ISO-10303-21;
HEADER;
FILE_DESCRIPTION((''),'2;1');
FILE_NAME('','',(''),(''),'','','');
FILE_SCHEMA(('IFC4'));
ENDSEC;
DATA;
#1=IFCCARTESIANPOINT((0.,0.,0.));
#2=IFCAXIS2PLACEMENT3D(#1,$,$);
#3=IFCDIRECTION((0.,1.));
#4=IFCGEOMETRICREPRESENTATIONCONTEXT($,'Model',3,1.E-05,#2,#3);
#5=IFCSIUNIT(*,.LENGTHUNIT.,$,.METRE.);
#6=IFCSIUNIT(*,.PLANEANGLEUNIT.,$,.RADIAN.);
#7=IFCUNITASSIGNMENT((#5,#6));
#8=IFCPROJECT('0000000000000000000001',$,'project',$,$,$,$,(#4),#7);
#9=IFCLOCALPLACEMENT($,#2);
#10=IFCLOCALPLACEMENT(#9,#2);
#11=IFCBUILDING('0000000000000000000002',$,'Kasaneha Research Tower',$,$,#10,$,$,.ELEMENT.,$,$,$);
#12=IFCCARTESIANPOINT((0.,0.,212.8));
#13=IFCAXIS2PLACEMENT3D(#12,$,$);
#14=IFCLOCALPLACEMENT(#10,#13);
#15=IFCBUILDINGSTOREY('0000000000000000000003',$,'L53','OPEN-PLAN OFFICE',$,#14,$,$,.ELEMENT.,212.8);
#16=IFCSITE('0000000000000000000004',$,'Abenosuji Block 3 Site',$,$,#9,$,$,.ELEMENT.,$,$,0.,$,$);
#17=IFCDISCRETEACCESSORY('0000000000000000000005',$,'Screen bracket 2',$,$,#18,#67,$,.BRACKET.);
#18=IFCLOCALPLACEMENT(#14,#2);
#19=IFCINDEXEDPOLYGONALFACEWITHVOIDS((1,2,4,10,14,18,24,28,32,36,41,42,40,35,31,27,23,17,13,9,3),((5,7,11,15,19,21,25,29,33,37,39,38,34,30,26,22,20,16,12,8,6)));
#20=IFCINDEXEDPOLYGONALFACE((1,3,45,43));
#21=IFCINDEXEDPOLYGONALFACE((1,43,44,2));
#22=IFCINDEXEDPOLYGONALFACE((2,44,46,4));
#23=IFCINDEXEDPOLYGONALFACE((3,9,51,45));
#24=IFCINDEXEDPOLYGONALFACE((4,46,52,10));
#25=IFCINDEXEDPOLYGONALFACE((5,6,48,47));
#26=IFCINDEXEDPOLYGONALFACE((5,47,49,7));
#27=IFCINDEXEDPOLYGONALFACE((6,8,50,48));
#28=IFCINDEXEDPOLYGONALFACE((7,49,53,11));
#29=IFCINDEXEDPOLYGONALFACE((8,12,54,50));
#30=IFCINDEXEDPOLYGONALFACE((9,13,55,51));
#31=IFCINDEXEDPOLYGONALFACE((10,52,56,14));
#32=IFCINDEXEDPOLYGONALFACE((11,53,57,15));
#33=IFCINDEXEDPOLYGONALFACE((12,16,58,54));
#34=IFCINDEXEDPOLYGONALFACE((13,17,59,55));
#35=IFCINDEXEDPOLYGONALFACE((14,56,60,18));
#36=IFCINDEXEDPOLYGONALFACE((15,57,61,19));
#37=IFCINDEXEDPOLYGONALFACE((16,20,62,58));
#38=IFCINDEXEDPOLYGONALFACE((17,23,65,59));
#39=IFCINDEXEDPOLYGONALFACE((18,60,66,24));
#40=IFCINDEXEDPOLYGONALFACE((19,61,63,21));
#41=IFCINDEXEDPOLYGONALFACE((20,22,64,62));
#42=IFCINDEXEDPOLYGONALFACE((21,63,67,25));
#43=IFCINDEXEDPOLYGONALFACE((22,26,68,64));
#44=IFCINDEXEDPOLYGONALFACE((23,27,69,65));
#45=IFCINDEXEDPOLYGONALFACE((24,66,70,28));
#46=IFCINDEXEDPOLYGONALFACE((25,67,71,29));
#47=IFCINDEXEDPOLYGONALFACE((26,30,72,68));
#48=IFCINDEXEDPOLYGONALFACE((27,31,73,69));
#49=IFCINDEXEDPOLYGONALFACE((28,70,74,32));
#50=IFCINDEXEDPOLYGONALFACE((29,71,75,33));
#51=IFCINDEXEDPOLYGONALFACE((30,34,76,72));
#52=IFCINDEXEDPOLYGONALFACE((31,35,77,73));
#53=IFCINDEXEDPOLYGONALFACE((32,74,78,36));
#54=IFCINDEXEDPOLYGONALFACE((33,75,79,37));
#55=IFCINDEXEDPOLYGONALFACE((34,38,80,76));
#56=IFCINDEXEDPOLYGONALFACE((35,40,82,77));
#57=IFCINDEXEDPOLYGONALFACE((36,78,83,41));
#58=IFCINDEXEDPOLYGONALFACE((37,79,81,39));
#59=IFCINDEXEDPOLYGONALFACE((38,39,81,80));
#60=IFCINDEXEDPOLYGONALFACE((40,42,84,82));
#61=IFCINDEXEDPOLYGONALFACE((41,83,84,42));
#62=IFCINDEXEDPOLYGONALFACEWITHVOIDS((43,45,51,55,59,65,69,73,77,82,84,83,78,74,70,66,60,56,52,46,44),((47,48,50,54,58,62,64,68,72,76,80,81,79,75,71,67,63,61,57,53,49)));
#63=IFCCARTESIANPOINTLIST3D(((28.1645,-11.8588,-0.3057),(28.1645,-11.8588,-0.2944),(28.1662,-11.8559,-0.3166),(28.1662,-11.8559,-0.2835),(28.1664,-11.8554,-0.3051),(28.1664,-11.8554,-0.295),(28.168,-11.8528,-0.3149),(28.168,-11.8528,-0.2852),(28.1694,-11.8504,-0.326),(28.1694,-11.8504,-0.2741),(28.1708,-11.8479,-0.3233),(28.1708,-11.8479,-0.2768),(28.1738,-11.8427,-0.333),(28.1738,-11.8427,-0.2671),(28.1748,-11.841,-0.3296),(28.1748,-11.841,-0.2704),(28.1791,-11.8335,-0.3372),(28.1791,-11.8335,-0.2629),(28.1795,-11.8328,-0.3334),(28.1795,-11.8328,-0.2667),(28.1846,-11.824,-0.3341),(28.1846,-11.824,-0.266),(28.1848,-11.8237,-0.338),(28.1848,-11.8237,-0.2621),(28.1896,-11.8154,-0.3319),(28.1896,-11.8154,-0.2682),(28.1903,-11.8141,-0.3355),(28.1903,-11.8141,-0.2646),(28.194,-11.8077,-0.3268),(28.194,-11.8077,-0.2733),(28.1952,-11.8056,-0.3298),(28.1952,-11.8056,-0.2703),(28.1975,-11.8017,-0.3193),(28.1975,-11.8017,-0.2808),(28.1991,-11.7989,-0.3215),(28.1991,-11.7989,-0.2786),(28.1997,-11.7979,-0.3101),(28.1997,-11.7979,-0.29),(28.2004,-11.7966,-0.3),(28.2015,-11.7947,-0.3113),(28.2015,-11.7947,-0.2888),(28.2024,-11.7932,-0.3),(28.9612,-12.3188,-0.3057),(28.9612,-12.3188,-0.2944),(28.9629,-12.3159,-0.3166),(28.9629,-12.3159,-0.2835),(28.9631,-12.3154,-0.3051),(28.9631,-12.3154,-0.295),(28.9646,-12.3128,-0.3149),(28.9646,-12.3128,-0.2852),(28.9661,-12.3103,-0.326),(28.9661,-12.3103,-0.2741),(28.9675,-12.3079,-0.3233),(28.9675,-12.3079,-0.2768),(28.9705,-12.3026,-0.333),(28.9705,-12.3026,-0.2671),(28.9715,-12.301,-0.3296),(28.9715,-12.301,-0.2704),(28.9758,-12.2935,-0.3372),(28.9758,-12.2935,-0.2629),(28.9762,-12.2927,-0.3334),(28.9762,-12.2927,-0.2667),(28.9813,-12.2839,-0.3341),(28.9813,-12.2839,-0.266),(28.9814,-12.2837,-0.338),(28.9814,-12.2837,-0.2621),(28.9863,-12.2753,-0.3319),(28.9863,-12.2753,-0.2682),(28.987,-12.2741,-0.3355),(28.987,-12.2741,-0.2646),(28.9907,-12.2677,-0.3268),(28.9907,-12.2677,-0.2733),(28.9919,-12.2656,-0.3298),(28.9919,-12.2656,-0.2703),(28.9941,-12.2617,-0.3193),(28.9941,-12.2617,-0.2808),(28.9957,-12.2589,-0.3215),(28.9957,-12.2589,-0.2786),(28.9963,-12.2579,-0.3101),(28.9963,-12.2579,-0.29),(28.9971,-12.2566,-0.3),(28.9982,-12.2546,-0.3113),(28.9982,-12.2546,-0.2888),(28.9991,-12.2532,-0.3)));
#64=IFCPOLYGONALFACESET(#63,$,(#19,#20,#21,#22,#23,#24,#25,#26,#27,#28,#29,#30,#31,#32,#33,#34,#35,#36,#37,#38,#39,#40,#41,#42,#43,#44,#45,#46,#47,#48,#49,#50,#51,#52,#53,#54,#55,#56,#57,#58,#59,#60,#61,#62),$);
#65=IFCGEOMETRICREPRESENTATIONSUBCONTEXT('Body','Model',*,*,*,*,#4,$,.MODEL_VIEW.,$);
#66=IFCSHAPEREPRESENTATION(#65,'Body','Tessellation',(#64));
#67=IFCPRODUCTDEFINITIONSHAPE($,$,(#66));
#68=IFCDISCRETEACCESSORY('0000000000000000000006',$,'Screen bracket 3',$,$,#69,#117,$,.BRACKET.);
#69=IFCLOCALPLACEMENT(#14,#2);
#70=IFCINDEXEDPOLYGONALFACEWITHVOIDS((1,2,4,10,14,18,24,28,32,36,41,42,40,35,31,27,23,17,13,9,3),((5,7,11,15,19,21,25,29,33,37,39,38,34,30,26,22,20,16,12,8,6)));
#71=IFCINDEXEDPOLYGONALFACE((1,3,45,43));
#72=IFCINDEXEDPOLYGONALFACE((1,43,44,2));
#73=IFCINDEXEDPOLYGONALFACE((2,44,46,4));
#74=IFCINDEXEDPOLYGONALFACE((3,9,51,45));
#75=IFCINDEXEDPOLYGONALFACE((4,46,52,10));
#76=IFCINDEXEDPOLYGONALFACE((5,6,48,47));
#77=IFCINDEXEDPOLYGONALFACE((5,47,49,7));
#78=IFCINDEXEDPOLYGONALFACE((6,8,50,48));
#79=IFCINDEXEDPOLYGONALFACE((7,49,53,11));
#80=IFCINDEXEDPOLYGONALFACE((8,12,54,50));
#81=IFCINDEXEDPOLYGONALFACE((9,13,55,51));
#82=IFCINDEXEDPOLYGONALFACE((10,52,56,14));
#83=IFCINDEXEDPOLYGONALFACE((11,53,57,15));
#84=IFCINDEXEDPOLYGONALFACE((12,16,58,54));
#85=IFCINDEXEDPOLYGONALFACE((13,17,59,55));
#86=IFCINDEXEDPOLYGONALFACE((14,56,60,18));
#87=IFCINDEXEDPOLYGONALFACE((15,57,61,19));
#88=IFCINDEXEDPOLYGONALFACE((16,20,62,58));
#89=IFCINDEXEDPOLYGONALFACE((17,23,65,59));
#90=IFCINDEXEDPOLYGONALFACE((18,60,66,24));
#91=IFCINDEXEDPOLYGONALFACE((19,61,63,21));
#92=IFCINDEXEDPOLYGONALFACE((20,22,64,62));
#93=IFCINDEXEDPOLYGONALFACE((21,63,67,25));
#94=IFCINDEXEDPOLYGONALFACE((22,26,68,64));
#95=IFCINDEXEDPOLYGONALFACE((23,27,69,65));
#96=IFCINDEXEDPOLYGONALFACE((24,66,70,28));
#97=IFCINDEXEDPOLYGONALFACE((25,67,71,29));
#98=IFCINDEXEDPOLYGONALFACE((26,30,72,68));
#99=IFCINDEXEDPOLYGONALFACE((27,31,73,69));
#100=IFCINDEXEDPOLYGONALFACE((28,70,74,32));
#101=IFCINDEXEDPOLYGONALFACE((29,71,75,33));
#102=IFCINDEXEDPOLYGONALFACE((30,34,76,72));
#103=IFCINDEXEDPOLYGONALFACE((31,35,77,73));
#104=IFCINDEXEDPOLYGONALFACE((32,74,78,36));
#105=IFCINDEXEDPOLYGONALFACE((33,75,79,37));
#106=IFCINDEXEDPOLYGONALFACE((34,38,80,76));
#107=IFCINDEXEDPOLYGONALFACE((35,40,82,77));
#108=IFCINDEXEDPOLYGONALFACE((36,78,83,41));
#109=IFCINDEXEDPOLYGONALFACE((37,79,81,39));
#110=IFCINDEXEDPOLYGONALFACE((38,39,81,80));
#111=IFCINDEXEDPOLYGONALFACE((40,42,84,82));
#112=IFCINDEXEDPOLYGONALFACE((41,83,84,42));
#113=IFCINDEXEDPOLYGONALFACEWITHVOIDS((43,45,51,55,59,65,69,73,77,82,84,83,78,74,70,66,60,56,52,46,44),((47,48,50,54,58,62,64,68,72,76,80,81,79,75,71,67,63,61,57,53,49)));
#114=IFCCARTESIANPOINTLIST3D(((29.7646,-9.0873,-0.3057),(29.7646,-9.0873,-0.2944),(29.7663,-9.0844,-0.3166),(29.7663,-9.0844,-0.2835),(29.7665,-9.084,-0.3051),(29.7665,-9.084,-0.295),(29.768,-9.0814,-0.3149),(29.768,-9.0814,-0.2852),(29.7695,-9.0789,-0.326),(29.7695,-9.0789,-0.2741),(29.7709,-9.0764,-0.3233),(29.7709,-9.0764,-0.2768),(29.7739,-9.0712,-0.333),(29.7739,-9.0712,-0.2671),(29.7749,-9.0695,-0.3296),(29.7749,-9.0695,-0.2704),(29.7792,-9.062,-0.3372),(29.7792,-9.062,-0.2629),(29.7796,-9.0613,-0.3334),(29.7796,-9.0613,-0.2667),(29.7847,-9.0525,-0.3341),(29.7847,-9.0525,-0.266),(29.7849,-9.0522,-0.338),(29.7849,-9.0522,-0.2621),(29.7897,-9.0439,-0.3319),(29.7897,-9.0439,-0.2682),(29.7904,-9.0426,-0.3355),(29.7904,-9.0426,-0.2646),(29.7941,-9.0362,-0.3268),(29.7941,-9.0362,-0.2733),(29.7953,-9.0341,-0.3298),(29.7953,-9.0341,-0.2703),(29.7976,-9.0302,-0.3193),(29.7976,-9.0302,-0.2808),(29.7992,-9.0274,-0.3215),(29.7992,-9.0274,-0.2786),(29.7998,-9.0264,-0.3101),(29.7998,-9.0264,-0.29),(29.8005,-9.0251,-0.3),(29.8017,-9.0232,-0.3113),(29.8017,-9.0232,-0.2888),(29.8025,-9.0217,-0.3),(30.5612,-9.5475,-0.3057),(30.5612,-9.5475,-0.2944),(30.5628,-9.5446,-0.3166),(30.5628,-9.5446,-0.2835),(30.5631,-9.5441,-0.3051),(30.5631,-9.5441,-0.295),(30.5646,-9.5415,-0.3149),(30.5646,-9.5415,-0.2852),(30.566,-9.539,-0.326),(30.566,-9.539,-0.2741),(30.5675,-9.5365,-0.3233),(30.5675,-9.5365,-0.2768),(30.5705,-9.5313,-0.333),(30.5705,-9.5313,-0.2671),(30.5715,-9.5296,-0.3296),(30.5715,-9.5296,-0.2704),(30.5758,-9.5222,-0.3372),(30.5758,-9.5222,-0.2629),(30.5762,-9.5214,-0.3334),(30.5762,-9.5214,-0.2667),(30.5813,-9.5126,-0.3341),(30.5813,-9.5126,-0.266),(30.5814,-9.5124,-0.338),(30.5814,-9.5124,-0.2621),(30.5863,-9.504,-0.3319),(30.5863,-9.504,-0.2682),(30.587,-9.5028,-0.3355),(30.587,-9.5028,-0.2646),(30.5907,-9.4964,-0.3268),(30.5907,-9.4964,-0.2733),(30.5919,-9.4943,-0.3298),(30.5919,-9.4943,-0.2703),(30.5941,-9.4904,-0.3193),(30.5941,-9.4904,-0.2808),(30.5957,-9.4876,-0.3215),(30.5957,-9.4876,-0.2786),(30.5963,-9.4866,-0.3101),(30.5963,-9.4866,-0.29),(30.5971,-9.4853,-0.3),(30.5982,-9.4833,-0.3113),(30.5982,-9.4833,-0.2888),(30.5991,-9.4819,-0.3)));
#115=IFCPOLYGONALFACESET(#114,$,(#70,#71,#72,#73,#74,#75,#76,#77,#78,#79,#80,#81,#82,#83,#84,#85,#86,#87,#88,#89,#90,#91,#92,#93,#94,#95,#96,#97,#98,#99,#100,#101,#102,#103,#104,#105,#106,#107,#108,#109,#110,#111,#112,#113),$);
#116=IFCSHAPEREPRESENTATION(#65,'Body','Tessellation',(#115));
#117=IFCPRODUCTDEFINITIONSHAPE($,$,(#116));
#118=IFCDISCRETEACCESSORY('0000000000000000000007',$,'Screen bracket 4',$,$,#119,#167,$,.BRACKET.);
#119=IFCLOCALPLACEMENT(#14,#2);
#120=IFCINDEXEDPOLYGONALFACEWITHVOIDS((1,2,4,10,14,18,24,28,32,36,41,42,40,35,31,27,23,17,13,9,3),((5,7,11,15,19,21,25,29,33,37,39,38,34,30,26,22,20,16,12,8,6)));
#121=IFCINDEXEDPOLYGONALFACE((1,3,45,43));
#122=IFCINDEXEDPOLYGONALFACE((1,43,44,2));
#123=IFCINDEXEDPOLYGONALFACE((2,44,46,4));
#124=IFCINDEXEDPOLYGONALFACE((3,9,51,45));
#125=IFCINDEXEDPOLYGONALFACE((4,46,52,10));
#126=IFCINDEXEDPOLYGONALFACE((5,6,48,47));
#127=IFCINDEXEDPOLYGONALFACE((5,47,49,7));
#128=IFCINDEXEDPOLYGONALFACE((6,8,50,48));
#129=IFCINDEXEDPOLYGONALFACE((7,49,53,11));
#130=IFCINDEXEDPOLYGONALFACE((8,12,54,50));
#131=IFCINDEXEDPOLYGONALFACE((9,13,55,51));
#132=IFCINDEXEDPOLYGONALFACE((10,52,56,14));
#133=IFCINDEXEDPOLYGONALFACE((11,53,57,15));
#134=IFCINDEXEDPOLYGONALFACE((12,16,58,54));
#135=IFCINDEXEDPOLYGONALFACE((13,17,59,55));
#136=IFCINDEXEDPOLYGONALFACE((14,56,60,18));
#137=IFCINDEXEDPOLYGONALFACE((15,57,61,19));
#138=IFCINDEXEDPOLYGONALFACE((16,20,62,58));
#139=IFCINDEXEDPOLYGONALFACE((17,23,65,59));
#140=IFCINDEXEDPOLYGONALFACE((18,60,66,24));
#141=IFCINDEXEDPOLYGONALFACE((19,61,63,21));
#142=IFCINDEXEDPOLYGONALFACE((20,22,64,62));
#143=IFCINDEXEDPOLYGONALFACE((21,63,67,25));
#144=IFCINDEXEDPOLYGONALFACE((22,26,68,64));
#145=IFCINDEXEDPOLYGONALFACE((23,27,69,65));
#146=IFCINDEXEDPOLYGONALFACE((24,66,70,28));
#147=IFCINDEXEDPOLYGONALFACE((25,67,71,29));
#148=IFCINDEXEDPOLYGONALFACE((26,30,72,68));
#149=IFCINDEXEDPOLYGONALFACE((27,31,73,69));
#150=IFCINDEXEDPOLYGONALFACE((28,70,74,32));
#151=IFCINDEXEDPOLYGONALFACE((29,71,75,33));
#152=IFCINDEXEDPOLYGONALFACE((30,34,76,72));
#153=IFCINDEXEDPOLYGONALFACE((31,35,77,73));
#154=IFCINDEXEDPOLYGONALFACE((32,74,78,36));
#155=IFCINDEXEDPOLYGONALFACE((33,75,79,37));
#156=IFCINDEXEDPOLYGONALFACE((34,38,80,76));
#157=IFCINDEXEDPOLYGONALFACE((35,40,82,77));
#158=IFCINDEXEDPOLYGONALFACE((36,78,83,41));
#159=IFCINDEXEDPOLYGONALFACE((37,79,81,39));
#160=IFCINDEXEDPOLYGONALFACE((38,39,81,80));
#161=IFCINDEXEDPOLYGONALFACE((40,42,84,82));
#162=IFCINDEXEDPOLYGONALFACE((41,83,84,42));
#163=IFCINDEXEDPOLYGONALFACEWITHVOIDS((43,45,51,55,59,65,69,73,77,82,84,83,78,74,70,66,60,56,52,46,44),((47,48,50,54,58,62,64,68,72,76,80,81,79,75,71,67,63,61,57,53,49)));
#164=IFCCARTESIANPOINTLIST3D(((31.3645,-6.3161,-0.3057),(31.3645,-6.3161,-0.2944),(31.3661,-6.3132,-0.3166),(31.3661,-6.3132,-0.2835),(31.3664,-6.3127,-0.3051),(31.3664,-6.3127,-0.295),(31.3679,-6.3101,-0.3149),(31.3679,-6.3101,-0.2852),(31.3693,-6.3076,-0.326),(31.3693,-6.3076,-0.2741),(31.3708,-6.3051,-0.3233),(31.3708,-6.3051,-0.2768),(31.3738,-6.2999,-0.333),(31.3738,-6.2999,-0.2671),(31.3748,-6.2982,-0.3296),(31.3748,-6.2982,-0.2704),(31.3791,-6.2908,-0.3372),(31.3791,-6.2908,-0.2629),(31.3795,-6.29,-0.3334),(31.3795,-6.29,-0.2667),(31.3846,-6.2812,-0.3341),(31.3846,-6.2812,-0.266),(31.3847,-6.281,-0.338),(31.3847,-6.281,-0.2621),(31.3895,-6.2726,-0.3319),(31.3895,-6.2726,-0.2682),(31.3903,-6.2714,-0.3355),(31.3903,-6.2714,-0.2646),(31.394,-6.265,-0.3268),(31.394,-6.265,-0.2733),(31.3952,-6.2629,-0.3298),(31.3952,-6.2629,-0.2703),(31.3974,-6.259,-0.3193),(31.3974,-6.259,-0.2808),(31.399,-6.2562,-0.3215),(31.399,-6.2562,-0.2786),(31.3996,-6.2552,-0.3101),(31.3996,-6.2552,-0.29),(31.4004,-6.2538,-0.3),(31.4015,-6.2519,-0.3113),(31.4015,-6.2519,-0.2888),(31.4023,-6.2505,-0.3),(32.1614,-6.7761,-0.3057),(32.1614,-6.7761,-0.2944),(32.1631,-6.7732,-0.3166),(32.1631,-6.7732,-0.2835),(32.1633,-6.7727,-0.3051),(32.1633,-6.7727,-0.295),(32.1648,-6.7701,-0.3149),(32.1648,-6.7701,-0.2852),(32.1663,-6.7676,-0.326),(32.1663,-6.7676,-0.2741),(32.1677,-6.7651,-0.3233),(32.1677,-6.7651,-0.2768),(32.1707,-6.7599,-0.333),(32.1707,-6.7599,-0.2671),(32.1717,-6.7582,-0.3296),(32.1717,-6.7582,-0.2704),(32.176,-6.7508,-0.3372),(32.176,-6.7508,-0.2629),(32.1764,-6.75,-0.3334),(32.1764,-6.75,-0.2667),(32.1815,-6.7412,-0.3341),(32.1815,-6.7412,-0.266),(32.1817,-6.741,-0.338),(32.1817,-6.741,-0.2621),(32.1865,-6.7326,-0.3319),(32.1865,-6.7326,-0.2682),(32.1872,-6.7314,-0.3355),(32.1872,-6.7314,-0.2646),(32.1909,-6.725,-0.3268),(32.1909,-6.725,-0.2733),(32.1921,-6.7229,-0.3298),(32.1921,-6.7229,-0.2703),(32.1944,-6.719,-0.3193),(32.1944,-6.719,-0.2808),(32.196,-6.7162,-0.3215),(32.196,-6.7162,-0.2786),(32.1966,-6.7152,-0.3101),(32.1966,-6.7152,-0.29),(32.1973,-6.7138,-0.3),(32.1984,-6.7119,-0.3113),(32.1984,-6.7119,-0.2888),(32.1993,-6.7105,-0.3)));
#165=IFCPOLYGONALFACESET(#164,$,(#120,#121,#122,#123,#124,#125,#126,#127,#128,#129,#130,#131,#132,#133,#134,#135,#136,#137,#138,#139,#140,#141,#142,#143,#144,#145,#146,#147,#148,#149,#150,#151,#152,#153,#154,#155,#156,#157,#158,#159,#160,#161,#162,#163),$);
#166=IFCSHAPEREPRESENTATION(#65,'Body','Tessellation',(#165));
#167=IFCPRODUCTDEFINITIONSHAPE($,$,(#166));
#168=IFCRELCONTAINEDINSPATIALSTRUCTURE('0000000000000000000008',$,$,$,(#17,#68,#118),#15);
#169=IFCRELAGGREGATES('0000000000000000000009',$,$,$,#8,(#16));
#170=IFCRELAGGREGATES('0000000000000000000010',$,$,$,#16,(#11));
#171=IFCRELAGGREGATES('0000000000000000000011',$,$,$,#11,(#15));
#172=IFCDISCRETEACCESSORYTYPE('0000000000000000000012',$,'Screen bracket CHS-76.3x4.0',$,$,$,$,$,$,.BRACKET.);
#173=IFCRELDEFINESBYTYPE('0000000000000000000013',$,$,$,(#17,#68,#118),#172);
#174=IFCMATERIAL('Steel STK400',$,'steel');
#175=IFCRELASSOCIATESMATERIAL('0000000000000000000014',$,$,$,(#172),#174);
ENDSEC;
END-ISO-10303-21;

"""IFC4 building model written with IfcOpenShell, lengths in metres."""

from ifc_helpers import new_model, si_unit, direction, frame, origin, origin_2d, place, context, subcontext, project, spatial, hollow_circle, extrude, material, material_profile, profile_set, type_object, element, save


model = new_model("IFC4")

# Units and contexts
model_context = context("Model", 3, precision=1e-05, world=origin(), true_north=direction((0.0, 1.0)))
body_context = subcontext(model_context, "Body", "Model", "MODEL_VIEW")
ifc_project = project(units=[si_unit("LENGTHUNIT", "METRE"), si_unit("PLANEANGLEUNIT", "RADIAN")], contexts=[model_context])

# Site, building, storey
site_placement = place(None, origin())
site = spatial("IfcSite", under=ifc_project, at=site_placement, Name="Abenosuji Block 3 Site", CompositionType="ELEMENT", RefElevation=0.0)
building_placement = place(site_placement, origin())
building = spatial("IfcBuilding", under=site, at=building_placement, Name="Kasaneha Research Tower", CompositionType="ELEMENT")
storey_placement = place(building_placement, frame((0.0, 0.0, 212.8)))
storey = spatial("IfcBuildingStorey", under=building, at=storey_placement, Name="L53", Description="OPEN-PLAN OFFICE", CompositionType="ELEMENT", Elevation=212.8)

# Discrete accessories
ifc_material_1 = material(Name="Steel STK400", Category="steel")
ifc_material_profile_1 = material_profile(ifc_material_1, hollow_circle(Radius=0.0381, WallThickness=0.0039, at=origin_2d()), Name="CHS-76.3x4.0")
ifc_profile_set_1 = profile_set([ifc_material_profile_1], Name="Steel STK400")
discrete_accessory_type = type_object("IfcDiscreteAccessoryType", Name="Screen bracket CHS-76.3x4.0", PredefinedType="BRACKET", material=ifc_profile_set_1)
for number, where, z_axis, x_axis, name in (
    (1, (28.1833, -11.8262, -0.3), (0.866013, -0.500021, 0.0), (0.500021, 0.866013, 0.0), "Screen bracket 2"),
    (2, (29.7834, -9.0547, -0.3), (0.865898, -0.50022, 0.0), (0.50022, 0.865898, 0.0), "Screen bracket 3"),
):
    element("IfcDiscreteAccessory", number, at=place(storey_placement, frame(where, z_axis=z_axis, x_axis=x_axis)), inside=storey, type_object=discrete_accessory_type, Name=name, PredefinedType="BRACKET", context=body_context, shape_type="SweptSolid", body=[
        extrude(hollow_circle(Radius=0.0381, WallThickness=0.0039, at=origin_2d()), origin(), (0.0, 0.0, 1.0), 0.9199),
    ])
discrete_accessory_1_placement = place(storey_placement, frame((31.3833, -6.2834, -0.3), z_axis=(0.86608, -0.499906, 0.0), x_axis=(0.499906, 0.86608, 0.0)))
element("IfcDiscreteAccessory", 3, at=discrete_accessory_1_placement, inside=storey, type_object=discrete_accessory_type, Name="Screen bracket 4", PredefinedType="BRACKET", context=body_context, shape_type="SweptSolid", body=[
    extrude(hollow_circle(Radius=0.0381, WallThickness=0.0039, at=origin_2d()), origin(), (0.0, 0.0, 1.0), 0.9202),
])

save(model, "model.ifc")
